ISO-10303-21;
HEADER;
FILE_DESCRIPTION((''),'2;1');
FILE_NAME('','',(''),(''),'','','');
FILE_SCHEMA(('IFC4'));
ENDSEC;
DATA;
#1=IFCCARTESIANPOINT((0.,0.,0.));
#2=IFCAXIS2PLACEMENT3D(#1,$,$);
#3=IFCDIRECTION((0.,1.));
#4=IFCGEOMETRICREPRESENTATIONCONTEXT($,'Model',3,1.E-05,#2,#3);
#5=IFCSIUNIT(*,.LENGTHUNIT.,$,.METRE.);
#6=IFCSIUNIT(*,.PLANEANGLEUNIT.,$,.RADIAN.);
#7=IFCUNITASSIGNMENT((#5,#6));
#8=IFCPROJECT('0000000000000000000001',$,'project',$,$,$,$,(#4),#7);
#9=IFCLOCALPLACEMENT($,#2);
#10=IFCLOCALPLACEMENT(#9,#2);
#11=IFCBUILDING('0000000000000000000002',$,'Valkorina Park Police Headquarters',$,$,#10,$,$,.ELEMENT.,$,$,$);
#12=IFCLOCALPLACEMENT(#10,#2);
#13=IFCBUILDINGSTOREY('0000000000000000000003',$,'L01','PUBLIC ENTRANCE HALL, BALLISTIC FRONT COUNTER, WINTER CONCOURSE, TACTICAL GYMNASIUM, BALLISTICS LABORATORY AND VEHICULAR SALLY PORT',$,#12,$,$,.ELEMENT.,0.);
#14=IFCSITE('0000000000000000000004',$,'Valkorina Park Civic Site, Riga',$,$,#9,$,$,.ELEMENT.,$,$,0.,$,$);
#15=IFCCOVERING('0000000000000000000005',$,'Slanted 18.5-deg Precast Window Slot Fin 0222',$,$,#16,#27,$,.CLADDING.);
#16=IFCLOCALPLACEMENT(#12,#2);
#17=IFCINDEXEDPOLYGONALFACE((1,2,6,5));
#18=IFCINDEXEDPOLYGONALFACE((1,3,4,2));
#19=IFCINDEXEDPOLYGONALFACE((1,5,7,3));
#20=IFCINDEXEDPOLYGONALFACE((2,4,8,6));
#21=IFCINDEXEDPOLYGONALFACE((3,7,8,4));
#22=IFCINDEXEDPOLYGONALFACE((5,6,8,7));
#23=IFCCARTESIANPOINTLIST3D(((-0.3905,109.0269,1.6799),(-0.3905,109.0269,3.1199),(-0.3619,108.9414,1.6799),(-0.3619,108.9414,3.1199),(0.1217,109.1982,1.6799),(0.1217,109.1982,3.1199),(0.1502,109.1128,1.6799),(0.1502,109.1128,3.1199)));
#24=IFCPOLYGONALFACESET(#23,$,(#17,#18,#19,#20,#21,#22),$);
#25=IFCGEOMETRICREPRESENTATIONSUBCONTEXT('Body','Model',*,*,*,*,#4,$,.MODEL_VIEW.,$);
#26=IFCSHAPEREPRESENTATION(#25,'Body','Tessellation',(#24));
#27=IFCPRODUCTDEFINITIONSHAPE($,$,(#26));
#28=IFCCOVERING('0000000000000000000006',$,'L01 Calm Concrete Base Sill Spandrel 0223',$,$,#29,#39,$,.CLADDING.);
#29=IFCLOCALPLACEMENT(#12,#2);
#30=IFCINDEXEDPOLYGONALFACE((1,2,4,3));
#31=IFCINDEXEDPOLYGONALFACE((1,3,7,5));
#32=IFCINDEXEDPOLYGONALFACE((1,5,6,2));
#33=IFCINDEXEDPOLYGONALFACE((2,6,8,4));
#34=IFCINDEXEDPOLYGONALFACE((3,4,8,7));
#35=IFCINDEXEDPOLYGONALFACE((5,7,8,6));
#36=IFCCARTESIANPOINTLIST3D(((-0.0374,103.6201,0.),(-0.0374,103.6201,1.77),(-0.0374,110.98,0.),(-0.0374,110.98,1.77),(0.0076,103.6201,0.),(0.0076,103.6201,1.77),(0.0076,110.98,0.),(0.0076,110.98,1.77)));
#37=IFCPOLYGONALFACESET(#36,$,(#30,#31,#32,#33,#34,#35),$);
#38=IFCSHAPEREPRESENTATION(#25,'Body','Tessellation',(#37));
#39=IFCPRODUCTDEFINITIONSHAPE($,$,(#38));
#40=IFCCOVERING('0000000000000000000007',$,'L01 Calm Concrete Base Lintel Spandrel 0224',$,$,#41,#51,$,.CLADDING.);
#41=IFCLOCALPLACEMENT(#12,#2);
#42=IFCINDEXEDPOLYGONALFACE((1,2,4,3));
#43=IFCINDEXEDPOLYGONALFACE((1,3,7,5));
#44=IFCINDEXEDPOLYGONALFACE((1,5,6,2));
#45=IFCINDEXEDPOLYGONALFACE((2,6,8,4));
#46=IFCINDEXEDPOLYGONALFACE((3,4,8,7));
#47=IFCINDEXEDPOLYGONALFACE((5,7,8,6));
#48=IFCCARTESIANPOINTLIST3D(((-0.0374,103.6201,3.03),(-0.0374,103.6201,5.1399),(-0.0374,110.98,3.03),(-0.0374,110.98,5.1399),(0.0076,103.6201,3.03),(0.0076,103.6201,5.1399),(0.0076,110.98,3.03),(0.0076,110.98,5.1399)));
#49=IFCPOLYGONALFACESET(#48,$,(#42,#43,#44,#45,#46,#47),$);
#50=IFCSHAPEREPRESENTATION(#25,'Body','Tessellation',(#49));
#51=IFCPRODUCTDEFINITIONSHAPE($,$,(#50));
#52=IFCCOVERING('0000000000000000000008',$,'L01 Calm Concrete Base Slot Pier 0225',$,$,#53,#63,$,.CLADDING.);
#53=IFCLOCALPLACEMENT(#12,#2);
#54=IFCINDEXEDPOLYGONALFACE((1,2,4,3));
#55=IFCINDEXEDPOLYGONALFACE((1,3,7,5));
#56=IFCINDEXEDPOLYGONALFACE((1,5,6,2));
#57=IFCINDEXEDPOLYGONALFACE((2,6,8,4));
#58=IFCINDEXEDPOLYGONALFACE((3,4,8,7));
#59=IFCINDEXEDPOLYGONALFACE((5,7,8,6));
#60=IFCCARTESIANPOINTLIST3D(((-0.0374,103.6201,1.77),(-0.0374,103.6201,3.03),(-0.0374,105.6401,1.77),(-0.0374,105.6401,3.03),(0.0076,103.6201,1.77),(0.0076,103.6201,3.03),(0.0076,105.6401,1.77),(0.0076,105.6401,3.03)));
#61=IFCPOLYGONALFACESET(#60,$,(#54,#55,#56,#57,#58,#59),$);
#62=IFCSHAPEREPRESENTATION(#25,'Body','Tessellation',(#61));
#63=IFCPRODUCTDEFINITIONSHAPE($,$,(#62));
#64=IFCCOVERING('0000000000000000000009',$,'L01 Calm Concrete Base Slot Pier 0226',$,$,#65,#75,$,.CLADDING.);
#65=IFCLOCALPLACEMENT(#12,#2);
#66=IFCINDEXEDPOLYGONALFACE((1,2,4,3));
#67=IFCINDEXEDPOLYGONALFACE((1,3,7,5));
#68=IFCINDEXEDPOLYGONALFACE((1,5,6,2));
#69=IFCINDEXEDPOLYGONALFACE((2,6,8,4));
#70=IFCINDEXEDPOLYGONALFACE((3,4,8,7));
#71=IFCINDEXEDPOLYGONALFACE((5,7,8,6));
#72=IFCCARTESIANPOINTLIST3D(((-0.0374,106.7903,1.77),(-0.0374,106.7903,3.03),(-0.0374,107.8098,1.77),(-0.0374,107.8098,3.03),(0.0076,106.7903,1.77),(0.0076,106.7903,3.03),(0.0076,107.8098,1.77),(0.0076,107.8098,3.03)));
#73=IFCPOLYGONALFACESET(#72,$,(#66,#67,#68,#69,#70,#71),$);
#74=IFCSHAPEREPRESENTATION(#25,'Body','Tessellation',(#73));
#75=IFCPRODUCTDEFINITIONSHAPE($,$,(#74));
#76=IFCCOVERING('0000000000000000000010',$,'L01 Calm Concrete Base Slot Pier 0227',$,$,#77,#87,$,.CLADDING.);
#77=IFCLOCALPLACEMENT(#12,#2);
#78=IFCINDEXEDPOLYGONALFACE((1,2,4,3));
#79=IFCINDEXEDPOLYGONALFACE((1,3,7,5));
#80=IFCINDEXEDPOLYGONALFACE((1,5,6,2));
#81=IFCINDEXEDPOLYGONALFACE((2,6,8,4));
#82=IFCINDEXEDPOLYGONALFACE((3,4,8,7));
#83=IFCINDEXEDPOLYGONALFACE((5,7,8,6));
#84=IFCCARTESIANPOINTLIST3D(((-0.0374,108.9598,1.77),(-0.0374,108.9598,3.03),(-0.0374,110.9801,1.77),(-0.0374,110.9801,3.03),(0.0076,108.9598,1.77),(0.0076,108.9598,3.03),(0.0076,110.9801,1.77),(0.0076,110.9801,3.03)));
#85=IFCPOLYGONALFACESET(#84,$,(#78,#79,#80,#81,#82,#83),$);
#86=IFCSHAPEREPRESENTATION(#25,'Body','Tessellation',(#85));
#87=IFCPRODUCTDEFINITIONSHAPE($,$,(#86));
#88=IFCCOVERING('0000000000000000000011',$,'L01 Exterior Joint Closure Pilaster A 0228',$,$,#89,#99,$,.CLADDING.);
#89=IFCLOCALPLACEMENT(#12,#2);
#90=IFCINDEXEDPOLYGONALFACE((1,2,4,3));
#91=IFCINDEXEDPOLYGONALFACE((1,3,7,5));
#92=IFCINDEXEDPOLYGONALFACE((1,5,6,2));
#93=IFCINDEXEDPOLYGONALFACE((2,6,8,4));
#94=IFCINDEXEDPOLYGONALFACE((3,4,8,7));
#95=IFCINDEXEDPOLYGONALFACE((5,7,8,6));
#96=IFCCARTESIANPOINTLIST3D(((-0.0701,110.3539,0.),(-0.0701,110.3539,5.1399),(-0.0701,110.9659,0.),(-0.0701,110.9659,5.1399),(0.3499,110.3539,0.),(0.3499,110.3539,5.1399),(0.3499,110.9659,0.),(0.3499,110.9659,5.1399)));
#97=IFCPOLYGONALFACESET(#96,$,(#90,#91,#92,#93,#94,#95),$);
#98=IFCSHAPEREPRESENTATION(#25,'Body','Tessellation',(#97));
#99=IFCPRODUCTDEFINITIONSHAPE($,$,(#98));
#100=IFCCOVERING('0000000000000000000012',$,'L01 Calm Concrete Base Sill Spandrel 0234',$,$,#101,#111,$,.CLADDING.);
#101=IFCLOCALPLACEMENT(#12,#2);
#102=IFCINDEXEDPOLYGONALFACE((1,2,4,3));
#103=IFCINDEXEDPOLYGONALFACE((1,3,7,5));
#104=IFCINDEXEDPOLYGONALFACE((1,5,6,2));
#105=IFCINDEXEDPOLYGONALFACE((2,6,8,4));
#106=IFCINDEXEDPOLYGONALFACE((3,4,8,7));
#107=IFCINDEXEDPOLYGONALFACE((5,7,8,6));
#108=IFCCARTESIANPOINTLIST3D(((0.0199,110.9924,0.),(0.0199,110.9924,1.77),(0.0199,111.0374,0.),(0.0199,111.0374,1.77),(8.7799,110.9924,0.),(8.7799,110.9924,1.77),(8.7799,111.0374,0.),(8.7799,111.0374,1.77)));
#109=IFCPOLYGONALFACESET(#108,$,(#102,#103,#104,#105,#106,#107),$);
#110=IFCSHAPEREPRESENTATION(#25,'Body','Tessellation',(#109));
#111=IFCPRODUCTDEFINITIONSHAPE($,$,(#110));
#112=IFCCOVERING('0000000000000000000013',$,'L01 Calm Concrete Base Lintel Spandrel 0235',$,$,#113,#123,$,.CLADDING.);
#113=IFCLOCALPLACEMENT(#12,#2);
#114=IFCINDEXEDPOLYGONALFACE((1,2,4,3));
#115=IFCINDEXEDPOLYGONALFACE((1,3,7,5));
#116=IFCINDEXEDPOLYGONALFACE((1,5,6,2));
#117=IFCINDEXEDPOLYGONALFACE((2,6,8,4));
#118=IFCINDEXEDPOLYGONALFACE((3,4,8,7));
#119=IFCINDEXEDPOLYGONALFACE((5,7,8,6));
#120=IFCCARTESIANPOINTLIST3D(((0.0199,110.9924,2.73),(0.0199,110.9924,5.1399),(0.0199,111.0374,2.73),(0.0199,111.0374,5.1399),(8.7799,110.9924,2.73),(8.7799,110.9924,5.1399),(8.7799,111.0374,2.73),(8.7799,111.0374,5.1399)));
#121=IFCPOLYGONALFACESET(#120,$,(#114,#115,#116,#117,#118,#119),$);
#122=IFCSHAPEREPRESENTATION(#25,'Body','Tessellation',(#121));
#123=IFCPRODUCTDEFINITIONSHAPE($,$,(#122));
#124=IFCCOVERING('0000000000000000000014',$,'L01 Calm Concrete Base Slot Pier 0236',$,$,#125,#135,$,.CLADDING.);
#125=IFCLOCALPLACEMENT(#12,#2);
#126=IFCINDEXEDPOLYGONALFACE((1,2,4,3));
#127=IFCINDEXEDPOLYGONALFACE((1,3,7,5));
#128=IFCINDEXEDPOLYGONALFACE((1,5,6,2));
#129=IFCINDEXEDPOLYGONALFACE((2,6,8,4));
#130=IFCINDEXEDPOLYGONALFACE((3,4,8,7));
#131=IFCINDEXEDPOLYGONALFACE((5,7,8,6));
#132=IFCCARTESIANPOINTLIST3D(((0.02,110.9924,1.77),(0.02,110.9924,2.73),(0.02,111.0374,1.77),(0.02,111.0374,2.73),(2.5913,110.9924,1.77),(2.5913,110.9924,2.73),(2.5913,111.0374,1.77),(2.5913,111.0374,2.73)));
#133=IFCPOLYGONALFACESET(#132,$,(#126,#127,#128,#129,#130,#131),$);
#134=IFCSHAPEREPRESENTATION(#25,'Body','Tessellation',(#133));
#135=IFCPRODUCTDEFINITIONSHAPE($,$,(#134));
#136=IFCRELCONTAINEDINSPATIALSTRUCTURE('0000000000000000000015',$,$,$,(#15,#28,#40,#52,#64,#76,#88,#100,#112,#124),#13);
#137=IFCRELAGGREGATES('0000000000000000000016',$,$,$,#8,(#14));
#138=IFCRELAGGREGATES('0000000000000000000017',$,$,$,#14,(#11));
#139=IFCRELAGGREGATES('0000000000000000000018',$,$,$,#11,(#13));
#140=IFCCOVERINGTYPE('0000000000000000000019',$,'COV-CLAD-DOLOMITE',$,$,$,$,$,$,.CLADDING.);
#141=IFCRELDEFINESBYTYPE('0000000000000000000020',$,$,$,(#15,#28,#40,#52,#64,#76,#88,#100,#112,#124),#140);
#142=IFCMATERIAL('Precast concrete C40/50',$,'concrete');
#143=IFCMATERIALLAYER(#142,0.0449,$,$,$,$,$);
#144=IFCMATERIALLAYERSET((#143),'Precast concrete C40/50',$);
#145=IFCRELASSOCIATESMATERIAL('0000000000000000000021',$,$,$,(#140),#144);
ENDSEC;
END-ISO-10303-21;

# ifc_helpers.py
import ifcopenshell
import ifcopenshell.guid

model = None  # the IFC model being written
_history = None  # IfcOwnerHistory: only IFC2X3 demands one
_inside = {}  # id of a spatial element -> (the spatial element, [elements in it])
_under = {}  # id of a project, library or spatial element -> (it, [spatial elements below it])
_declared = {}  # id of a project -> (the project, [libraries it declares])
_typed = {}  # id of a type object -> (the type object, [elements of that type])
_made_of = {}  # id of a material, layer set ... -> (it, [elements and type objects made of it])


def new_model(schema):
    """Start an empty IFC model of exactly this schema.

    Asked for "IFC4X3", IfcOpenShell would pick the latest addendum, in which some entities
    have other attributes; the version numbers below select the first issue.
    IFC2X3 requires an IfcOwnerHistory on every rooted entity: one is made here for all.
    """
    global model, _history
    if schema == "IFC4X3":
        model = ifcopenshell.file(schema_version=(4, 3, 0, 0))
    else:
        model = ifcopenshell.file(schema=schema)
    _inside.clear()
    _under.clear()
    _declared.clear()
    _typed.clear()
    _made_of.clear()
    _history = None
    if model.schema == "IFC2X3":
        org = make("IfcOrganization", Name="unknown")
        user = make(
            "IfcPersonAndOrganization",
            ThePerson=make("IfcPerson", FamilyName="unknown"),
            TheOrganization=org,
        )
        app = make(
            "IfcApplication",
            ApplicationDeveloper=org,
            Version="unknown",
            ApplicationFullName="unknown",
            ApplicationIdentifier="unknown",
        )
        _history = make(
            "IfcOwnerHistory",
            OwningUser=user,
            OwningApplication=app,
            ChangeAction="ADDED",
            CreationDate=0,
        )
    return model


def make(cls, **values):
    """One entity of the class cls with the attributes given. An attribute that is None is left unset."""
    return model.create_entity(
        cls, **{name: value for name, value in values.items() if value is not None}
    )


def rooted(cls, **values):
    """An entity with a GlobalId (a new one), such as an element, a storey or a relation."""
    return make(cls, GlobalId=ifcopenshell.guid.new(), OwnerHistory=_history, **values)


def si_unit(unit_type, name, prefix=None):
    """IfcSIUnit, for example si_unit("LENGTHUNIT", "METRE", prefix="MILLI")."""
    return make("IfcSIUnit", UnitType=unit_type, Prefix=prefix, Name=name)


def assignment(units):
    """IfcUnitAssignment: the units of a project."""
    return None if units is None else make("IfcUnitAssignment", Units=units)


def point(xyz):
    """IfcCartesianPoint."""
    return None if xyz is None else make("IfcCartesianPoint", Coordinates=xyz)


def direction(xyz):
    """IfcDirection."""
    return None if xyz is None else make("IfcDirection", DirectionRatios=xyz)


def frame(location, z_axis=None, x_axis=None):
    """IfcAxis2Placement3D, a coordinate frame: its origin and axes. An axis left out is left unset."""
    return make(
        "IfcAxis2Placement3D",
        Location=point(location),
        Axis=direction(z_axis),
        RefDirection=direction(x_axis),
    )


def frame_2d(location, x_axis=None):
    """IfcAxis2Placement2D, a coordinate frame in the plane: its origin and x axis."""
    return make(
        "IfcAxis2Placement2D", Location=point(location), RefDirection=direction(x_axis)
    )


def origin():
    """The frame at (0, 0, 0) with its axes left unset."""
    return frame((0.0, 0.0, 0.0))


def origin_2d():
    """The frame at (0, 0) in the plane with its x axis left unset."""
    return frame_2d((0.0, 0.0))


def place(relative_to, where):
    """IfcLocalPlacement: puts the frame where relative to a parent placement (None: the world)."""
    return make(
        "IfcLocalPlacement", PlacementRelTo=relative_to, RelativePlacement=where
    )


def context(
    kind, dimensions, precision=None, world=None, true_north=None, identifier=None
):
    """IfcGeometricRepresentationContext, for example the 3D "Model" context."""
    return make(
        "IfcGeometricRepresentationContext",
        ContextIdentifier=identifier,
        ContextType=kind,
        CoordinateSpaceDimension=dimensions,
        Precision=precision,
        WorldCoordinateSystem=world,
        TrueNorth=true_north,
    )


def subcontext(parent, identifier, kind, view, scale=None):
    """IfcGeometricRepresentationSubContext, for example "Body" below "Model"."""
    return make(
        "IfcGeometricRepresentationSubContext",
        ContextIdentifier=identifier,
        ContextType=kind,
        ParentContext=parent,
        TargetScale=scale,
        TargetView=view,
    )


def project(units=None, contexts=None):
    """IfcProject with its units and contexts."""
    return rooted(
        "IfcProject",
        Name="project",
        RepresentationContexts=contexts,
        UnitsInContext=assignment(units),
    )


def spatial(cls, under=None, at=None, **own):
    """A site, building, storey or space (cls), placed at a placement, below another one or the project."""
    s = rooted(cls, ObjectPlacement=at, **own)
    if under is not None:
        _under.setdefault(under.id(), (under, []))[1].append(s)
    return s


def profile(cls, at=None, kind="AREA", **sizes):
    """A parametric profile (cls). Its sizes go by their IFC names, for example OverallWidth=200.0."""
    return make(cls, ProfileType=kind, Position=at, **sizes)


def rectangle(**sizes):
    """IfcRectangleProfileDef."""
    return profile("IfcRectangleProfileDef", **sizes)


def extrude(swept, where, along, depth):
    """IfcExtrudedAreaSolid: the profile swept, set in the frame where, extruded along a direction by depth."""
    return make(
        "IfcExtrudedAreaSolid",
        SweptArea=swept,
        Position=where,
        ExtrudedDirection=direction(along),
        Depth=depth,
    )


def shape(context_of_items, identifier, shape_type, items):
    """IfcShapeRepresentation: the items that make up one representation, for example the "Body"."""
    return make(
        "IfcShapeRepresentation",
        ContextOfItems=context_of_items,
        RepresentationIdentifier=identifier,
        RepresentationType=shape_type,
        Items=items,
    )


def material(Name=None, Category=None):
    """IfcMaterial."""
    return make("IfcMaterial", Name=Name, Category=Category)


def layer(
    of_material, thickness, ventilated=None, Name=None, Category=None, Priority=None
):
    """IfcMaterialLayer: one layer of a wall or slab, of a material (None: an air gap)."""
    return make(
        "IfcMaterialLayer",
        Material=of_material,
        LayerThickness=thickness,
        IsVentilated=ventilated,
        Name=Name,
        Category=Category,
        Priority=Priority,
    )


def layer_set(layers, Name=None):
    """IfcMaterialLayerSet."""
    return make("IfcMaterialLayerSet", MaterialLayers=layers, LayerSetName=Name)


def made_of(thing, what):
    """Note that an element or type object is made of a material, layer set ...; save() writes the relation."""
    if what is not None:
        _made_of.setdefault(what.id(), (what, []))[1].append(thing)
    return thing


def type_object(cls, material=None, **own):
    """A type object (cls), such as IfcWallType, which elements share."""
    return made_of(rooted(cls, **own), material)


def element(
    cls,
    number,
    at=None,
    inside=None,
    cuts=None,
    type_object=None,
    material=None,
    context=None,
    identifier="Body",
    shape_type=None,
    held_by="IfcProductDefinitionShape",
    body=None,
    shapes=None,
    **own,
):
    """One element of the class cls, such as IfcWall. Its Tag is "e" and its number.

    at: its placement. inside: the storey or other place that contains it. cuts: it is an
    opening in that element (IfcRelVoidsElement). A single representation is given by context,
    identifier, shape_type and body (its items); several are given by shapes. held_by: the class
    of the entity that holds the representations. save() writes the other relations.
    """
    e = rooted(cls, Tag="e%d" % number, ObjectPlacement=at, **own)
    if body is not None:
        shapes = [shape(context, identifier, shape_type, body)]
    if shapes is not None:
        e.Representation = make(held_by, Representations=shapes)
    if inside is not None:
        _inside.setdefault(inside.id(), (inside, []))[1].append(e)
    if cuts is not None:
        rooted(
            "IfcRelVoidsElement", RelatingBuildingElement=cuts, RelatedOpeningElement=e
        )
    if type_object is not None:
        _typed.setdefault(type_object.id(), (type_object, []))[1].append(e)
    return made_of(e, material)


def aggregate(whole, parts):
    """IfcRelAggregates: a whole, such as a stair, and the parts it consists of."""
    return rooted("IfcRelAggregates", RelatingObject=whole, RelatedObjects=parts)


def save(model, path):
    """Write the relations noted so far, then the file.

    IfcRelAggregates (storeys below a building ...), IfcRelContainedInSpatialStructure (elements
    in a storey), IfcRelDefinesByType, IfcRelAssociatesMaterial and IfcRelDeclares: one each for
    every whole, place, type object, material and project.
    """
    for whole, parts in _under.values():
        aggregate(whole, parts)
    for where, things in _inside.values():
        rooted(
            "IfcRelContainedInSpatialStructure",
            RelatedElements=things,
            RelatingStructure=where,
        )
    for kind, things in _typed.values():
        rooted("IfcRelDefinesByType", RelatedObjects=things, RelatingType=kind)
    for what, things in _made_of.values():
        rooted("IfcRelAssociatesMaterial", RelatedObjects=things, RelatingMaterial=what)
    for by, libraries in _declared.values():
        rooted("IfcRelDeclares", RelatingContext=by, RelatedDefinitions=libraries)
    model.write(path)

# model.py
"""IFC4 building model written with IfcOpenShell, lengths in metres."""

from ifc_helpers import new_model, si_unit, direction, frame, frame_2d, origin, origin_2d, place, context, subcontext, project, spatial, rectangle, extrude, material, layer, layer_set, type_object, element, save


model = new_model("IFC4")

# Units and contexts
model_context = context("Model", 3, precision=1e-05, world=origin(), true_north=direction((0.0, 1.0)))
body_context = subcontext(model_context, "Body", "Model", "MODEL_VIEW")
ifc_project = project(units=[si_unit("LENGTHUNIT", "METRE"), si_unit("PLANEANGLEUNIT", "RADIAN")], contexts=[model_context])

# Site, building, storey
site_placement = place(None, origin())
site = spatial("IfcSite", under=ifc_project, at=site_placement, Name="Valkorina Park Civic Site, Riga", CompositionType="ELEMENT", RefElevation=0.0)
building_placement = place(site_placement, origin())
building = spatial("IfcBuilding", under=site, at=building_placement, Name="Valkorina Park Police Headquarters", CompositionType="ELEMENT")
storey_placement = place(building_placement, origin())
storey = spatial("IfcBuildingStorey", under=building, at=storey_placement, Name="L01", Description="PUBLIC ENTRANCE HALL, BALLISTIC FRONT COUNTER, WINTER CONCOURSE, TACTICAL GYMNASIUM, BALLISTICS LABORATORY AND VEHICULAR SALLY PORT", CompositionType="ELEMENT", Elevation=0.0)

# Shared definitions
ifc_material_1 = material(Name="Precast concrete C40/50", Category="concrete")

# Coverings
ifc_layer_1 = layer(ifc_material_1, 0.0449)
ifc_layer_set_1 = layer_set([ifc_layer_1], Name="Precast concrete C40/50")
covering_type = type_object("IfcCoveringType", Name="COV-CLAD-DOLOMITE", PredefinedType="CLADDING", material=ifc_layer_set_1)
for number, where, z_axis, x_axis, name in (
    (1, (-0.1201, 109.0698, 1.6799), (0.0, 0.0, 1.0), (-0.948324, -0.317305, 0.0), "Slanted 18.5-deg Precast Window Slot Fin 0222"),
):
    element("IfcCovering", number, at=place(storey_placement, frame(where, z_axis=z_axis, x_axis=x_axis)), inside=storey, type_object=covering_type, Name=name, PredefinedType="CLADDING", context=body_context, shape_type="SweptSolid", body=[
        extrude(rectangle(XDim=0.54, YDim=0.0901, at=origin_2d()), origin(), (0.0, 0.0, 1.0), 1.4399),
    ])
covering_1_placement = place(storey_placement, frame((-0.0149, 103.6201, 0.0), z_axis=(0.0, 0.0, 1.0), x_axis=(0.0, 1.0, 0.0)))
element("IfcCovering", 2, at=covering_1_placement, inside=storey, type_object=covering_type, Name="L01 Calm Concrete Base Sill Spandrel 0223", PredefinedType="CLADDING", context=body_context, shape_type="SweptSolid", body=[
    extrude(rectangle(XDim=7.3599, YDim=0.0449, at=frame_2d((3.6799, 0.0))), origin(), (0.0, 0.0, 1.0), 1.77),
])
covering_2_placement = place(storey_placement, frame((-0.0149, 103.6201, 3.03), z_axis=(0.0, 0.0, 1.0), x_axis=(0.0, 1.0, 0.0)))
element("IfcCovering", 3, at=covering_2_placement, inside=storey, type_object=covering_type, Name="L01 Calm Concrete Base Lintel Spandrel 0224", PredefinedType="CLADDING", context=body_context, shape_type="SweptSolid", body=[
    extrude(rectangle(XDim=7.3599, YDim=0.0449, at=frame_2d((3.6799, 0.0))), origin(), (0.0, 0.0, 1.0), 2.1099),
])
covering_3_placement = place(storey_placement, frame((-0.0149, 103.6201, 1.77), z_axis=(0.0, 0.0, 1.0), x_axis=(0.0, 1.0, 0.0)))
element("IfcCovering", 4, at=covering_3_placement, inside=storey, type_object=covering_type, Name="L01 Calm Concrete Base Slot Pier 0225", PredefinedType="CLADDING", context=body_context, shape_type="SweptSolid", body=[
    extrude(rectangle(XDim=2.02, YDim=0.0449, at=frame_2d((1.01, 0.0))), origin(), (0.0, 0.0, 1.0), 1.26),
])
covering_4_placement = place(storey_placement, frame((-0.0149, 106.7903, 1.77), z_axis=(0.0, 0.0, 1.0), x_axis=(0.0, 1.0, 0.0)))
element("IfcCovering", 5, at=covering_4_placement, inside=storey, type_object=covering_type, Name="L01 Calm Concrete Base Slot Pier 0226", PredefinedType="CLADDING", context=body_context, shape_type="SweptSolid", body=[
    extrude(rectangle(XDim=1.0195, YDim=0.0449, at=frame_2d((0.5098, 0.0))), origin(), (0.0, 0.0, 1.0), 1.26),
])
covering_5_placement = place(storey_placement, frame((-0.0149, 108.9597, 1.77), z_axis=(0.0, 0.0, 1.0), x_axis=(0.0, 1.0, 0.0)))
element("IfcCovering", 6, at=covering_5_placement, inside=storey, type_object=covering_type, Name="L01 Calm Concrete Base Slot Pier 0227", PredefinedType="CLADDING", context=body_context, shape_type="SweptSolid", body=[
    extrude(rectangle(XDim=2.0203, YDim=0.0449, at=frame_2d((1.0103, 0.0))), origin(), (0.0, 0.0, 1.0), 1.26),
])
covering_6_placement = place(storey_placement, frame((0.1399, 110.6599, 0.0), z_axis=(0.0, 0.0, 1.0), x_axis=(1.0, 0.0, 0.0)))
element("IfcCovering", 7, at=covering_6_placement, inside=storey, type_object=covering_type, Name="L01 Exterior Joint Closure Pilaster A 0228", PredefinedType="CLADDING", context=body_context, shape_type="SweptSolid", body=[
    extrude(rectangle(XDim=0.4199, YDim=0.6121, at=origin_2d()), origin(), (0.0, 0.0, 1.0), 5.1399),
])
covering_7_placement = place(storey_placement, frame((0.02, 111.0149, 0.0), z_axis=(0.0, 0.0, 1.0), x_axis=(1.0, 0.0, 0.0)))
element("IfcCovering", 8, at=covering_7_placement, inside=storey, type_object=covering_type, Name="L01 Calm Concrete Base Sill Spandrel 0234", PredefinedType="CLADDING", context=body_context, shape_type="SweptSolid", body=[
    extrude(rectangle(XDim=8.76, YDim=0.0449, at=frame_2d((4.3799, 0.0))), origin(), (0.0, 0.0, 1.0), 1.77),
])
covering_8_placement = place(storey_placement, frame((0.02, 111.0149, 2.73), z_axis=(0.0, 0.0, 1.0), x_axis=(1.0, 0.0, 0.0)))
element("IfcCovering", 9, at=covering_8_placement, inside=storey, type_object=covering_type, Name="L01 Calm Concrete Base Lintel Spandrel 0235", PredefinedType="CLADDING", context=body_context, shape_type="SweptSolid", body=[
    extrude(rectangle(XDim=8.76, YDim=0.0449, at=frame_2d((4.3799, 0.0))), origin(), (0.0, 0.0, 1.0), 2.4099),
])
covering_9_placement = place(storey_placement, frame((0.02, 111.0149, 1.77), z_axis=(0.0, 0.0, 1.0), x_axis=(1.0, 0.0, 0.0)))
element("IfcCovering", 10, at=covering_9_placement, inside=storey, type_object=covering_type, Name="L01 Calm Concrete Base Slot Pier 0236", PredefinedType="CLADDING", context=body_context, shape_type="SweptSolid", body=[
    extrude(rectangle(XDim=2.5713, YDim=0.0449, at=frame_2d((1.2856, 0.0))), origin(), (0.0, 0.0, 1.0), 0.96),
])

save(model, "model.ifc")
